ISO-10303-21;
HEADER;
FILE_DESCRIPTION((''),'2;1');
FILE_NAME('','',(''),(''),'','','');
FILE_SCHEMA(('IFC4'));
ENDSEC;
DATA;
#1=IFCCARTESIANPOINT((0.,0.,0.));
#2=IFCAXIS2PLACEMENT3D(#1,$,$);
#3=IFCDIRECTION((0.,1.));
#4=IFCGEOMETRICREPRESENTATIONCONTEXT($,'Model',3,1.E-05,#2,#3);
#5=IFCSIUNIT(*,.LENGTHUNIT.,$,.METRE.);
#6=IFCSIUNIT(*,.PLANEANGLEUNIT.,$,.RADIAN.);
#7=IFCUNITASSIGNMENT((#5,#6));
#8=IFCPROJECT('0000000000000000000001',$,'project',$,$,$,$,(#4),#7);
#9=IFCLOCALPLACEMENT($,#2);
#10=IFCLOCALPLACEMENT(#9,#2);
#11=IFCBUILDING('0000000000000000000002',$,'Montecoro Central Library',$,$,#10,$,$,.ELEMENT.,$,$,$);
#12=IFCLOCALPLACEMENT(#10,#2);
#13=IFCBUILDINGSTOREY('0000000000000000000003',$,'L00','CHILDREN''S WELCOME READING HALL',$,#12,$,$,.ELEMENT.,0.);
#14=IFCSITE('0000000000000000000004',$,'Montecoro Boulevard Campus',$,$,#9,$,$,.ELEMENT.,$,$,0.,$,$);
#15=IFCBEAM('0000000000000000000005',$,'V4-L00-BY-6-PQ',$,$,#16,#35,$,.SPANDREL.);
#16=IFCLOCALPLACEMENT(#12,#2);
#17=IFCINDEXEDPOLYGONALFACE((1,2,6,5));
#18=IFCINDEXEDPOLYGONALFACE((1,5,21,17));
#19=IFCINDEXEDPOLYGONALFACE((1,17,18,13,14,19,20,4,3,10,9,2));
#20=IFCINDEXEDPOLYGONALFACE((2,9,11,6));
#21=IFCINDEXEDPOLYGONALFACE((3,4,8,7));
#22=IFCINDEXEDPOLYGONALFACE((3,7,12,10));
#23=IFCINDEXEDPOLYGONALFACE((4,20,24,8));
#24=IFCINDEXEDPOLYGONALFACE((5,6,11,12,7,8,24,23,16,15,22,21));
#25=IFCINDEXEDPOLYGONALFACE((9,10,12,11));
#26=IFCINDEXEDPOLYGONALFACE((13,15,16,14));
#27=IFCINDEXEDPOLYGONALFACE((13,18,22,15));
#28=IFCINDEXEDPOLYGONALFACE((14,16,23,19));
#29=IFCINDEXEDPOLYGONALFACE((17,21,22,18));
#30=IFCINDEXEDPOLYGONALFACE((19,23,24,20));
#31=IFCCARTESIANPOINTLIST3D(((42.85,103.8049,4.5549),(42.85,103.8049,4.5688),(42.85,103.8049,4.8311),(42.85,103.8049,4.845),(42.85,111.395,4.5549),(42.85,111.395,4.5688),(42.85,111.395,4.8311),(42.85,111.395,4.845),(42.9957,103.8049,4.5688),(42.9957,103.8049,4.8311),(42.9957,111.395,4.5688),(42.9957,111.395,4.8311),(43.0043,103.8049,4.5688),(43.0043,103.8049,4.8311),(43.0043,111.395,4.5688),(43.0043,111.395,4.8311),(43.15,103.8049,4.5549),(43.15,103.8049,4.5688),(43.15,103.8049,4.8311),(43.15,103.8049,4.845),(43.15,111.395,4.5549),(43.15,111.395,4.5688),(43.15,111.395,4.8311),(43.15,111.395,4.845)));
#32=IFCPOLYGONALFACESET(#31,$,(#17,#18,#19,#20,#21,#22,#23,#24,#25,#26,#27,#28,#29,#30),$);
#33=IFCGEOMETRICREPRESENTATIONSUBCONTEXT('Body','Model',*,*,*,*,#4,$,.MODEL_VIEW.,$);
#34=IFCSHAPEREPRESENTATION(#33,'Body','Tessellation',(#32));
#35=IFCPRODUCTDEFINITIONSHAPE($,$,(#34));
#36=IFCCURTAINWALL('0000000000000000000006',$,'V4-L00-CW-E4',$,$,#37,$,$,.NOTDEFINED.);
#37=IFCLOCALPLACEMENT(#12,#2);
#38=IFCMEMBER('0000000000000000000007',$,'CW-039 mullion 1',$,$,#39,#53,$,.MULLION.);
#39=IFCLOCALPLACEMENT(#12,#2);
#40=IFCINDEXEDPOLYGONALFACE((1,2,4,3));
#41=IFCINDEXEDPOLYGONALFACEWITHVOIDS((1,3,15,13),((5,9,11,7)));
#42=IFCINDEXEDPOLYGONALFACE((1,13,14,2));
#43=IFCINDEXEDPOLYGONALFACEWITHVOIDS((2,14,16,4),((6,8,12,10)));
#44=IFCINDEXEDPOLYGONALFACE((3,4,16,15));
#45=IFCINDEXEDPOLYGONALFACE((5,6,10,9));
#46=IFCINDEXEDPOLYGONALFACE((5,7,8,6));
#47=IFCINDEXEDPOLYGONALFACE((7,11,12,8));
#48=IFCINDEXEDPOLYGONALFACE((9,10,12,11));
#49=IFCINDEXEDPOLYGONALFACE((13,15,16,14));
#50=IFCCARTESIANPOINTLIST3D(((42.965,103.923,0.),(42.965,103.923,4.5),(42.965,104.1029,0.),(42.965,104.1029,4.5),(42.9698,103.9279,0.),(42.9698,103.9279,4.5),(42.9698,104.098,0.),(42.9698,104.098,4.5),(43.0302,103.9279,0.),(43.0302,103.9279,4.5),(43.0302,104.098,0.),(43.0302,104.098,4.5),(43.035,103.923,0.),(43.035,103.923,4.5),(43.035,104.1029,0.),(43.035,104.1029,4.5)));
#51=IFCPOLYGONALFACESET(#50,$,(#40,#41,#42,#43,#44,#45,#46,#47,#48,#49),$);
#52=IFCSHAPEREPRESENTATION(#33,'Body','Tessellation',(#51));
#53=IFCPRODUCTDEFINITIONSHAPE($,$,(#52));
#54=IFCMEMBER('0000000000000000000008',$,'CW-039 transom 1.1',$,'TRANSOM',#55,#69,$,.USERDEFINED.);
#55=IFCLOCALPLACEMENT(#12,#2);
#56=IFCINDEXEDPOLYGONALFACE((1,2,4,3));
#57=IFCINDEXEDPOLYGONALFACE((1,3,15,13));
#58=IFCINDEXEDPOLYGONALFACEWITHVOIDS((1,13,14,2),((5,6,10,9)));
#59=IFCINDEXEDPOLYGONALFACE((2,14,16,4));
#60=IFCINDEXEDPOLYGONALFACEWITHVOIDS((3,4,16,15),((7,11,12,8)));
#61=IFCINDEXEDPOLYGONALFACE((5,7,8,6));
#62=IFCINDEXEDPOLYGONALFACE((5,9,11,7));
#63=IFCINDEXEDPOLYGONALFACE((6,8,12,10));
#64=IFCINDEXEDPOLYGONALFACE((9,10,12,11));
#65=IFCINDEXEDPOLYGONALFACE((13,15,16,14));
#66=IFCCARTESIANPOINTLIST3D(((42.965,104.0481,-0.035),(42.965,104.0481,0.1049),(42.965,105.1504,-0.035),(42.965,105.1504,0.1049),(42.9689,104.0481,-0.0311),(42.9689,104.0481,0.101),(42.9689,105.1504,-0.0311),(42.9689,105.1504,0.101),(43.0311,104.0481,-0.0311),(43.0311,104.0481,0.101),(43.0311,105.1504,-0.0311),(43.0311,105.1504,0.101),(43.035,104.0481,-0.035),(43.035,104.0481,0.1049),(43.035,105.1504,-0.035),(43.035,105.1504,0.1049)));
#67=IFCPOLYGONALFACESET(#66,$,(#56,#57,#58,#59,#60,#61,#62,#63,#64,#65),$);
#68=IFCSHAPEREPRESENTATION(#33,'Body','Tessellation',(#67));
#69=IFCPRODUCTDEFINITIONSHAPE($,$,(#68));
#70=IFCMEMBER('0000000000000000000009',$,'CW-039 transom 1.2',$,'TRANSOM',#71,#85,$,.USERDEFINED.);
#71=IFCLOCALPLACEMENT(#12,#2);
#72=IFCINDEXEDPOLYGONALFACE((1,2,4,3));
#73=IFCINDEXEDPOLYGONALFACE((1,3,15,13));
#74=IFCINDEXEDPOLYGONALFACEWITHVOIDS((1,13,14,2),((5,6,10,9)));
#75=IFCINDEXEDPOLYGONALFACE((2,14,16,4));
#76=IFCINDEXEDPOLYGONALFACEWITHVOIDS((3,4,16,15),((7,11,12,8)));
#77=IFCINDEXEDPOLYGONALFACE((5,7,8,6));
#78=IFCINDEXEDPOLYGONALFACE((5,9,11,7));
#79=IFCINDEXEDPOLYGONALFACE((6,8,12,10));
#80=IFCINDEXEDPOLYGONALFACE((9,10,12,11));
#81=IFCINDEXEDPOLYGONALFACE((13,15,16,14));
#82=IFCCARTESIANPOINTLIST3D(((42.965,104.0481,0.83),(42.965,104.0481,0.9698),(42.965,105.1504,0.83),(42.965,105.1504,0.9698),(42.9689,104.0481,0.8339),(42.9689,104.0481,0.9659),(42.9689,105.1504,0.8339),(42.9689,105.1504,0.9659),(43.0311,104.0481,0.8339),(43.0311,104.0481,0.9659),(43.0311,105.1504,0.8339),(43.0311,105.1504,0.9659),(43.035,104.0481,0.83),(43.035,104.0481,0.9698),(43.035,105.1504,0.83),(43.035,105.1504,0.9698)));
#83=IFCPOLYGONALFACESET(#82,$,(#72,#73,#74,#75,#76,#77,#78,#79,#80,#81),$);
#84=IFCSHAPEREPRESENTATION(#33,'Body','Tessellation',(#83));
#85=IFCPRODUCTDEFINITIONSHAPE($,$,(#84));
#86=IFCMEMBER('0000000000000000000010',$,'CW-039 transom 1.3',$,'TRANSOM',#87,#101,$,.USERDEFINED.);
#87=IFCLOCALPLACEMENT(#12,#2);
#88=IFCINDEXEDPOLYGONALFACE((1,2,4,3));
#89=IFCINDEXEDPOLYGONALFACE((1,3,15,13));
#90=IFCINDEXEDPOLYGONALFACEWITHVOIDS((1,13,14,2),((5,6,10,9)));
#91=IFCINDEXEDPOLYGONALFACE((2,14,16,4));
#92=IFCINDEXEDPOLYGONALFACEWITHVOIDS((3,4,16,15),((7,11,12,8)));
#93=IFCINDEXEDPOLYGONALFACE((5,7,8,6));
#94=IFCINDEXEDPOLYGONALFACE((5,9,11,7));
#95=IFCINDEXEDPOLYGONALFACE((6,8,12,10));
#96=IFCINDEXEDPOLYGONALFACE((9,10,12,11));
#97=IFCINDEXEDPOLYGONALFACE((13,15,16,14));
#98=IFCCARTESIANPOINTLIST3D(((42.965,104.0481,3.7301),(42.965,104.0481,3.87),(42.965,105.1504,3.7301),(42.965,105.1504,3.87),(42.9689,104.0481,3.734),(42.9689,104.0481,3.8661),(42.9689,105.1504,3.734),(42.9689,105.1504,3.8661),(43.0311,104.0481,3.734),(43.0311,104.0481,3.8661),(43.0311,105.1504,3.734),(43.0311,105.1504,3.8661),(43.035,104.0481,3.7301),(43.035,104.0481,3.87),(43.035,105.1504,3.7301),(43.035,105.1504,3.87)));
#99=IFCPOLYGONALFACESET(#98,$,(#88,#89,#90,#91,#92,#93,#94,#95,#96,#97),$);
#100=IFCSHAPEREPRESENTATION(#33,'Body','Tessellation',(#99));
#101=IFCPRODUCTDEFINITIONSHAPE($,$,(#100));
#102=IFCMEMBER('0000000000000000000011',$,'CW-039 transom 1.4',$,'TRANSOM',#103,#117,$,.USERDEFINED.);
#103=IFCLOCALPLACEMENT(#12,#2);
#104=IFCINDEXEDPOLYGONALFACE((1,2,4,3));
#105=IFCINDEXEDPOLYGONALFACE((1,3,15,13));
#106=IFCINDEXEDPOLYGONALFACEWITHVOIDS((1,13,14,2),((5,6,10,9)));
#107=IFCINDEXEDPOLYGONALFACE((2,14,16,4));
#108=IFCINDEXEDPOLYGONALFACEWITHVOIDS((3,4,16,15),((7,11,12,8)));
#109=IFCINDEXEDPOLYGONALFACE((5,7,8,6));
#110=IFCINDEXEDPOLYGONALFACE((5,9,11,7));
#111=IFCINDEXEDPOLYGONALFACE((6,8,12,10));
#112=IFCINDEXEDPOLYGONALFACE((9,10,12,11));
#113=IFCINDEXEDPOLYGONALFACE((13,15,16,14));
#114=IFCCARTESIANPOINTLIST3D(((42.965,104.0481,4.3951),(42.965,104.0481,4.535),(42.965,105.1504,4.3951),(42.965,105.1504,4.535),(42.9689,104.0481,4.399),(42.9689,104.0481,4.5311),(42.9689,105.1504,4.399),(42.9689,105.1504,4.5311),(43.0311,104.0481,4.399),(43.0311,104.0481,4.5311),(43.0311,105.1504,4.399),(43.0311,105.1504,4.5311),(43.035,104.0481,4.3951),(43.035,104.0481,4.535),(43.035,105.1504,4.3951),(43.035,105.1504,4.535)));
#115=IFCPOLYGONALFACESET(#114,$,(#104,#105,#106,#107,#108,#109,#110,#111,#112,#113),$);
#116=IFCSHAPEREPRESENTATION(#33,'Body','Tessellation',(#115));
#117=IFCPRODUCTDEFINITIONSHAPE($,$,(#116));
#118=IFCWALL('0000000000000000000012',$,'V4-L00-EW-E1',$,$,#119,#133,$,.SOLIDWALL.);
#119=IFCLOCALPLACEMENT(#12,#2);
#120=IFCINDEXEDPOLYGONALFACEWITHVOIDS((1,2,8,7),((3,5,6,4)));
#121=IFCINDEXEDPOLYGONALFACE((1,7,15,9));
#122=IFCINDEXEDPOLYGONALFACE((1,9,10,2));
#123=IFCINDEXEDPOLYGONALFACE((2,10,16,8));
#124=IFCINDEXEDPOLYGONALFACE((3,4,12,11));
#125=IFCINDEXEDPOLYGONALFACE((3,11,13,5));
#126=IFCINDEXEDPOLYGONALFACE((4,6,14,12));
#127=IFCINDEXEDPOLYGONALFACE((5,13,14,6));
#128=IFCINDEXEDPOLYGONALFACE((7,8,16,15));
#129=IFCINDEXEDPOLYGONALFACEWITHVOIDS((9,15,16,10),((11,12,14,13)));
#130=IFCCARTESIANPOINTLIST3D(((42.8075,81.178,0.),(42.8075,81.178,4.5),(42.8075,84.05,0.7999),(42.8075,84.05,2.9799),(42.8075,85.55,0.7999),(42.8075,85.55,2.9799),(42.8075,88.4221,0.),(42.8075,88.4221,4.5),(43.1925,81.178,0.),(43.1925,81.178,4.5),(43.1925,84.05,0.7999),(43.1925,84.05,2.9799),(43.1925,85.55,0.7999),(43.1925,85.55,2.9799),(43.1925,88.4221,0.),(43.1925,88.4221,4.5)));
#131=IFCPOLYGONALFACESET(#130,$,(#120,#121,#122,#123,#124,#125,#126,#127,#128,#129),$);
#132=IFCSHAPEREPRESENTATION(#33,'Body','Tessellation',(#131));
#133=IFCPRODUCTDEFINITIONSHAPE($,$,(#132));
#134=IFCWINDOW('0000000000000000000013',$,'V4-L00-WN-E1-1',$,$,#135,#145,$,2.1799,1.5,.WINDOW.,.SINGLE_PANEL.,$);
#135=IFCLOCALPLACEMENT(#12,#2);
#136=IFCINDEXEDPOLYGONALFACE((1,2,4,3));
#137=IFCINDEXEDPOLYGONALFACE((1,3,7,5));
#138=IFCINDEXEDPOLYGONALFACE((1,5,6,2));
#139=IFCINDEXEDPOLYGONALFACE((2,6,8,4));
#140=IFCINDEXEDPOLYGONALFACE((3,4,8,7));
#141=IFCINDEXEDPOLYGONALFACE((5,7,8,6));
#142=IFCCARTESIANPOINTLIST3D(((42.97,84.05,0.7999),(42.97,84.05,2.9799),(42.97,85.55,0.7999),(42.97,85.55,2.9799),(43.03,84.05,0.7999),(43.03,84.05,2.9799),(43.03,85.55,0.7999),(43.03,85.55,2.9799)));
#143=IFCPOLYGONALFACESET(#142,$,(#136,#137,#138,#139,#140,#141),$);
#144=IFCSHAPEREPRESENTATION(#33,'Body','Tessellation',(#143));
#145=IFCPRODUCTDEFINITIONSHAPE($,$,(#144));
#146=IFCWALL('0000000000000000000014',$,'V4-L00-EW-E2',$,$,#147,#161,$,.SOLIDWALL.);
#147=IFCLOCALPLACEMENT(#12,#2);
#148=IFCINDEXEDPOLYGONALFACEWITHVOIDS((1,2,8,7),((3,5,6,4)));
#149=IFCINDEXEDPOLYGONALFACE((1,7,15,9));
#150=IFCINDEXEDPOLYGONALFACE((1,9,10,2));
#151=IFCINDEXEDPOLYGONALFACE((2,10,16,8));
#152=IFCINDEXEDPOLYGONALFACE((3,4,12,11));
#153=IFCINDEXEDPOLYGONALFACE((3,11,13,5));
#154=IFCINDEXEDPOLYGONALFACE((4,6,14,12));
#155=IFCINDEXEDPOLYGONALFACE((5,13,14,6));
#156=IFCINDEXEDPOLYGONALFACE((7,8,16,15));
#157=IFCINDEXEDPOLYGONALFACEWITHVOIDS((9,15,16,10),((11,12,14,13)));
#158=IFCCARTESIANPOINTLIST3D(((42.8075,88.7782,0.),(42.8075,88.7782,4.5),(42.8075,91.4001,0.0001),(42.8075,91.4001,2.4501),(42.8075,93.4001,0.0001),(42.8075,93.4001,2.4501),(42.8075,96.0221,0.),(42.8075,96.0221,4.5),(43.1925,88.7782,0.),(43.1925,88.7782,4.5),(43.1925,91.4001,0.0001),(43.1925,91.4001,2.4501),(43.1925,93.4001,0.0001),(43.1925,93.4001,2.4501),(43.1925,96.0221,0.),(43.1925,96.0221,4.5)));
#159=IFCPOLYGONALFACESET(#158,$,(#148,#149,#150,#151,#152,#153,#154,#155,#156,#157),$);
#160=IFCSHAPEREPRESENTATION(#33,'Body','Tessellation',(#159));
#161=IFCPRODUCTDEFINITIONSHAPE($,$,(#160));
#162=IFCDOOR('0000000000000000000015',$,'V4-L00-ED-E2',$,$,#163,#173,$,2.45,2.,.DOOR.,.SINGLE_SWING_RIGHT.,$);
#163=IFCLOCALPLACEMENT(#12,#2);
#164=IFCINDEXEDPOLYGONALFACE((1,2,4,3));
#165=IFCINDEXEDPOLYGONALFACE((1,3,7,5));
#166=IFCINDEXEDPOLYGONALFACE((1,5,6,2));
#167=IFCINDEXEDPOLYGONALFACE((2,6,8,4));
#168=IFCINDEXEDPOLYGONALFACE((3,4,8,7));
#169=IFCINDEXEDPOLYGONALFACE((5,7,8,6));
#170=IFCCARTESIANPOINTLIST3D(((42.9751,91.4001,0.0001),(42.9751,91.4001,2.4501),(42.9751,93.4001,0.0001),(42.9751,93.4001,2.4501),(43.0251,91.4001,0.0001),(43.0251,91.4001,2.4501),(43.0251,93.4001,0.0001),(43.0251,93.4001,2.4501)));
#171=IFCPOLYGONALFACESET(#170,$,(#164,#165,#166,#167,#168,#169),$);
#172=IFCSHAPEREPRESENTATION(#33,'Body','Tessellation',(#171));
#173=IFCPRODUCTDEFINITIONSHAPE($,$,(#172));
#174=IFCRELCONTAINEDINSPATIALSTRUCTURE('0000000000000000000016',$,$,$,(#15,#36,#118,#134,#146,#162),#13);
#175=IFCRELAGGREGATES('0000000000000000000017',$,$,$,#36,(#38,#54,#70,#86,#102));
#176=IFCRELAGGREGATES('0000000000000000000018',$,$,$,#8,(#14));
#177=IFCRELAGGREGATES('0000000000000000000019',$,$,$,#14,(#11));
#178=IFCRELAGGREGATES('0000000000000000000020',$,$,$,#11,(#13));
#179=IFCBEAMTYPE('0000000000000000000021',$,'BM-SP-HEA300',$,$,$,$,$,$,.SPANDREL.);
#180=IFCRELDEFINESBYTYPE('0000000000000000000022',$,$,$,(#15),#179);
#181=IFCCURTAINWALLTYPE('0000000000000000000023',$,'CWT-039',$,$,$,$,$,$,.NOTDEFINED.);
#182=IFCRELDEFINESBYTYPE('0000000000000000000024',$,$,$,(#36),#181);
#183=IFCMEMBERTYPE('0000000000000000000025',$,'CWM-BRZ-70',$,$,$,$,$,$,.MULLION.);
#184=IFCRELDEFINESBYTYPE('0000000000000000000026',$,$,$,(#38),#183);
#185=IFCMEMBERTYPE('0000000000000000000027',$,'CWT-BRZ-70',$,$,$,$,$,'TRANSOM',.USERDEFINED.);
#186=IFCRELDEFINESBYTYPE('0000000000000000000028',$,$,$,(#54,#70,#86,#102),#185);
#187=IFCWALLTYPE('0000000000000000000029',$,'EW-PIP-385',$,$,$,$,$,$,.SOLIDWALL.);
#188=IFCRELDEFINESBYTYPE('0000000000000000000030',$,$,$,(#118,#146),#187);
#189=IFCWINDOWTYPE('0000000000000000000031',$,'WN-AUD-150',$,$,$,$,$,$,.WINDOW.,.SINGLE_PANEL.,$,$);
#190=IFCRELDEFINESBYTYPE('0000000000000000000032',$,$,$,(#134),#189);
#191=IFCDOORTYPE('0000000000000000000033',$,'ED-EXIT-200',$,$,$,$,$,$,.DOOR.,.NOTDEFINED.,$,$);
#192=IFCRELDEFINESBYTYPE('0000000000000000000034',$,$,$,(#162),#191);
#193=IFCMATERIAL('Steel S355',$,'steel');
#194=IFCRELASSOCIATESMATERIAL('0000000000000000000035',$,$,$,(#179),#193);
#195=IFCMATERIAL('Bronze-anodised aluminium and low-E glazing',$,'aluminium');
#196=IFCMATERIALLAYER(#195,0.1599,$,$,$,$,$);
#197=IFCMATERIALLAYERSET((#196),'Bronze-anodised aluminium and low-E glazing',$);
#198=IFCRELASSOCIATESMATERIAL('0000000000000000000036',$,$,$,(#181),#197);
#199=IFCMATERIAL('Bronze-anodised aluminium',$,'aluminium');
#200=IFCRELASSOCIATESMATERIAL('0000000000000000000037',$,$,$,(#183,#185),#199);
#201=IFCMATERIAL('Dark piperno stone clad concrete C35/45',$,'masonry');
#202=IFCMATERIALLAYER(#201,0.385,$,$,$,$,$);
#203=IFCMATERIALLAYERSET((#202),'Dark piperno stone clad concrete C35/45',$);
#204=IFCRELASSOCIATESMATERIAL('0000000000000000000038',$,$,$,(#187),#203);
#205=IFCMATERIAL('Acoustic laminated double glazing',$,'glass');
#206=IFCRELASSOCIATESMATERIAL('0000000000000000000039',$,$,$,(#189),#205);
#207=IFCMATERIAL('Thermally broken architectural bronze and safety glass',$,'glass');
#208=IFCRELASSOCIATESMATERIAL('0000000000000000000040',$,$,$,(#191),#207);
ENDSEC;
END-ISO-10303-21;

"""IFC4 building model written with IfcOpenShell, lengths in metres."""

from ifc_helpers import new_model, si_unit, direction, frame, frame_2d, origin, origin_2d, place, context, subcontext, project, spatial, rectangle, hollow_rectangle, i_section, extrude, material, layer, layer_set, material_profile, profile_set, type_object, element, fill, aggregate, save


model = new_model("IFC4")

# Units and contexts
model_context = context("Model", 3, precision=1e-05, world=origin(), true_north=direction((0.0, 1.0)))
body_context = subcontext(model_context, "Body", "Model", "MODEL_VIEW")
ifc_project = project(units=[si_unit("LENGTHUNIT", "METRE"), si_unit("PLANEANGLEUNIT", "RADIAN")], contexts=[model_context])

# Site, building, storey
site_placement = place(None, origin())
site = spatial("IfcSite", under=ifc_project, at=site_placement, Name="Montecoro Boulevard Campus", CompositionType="ELEMENT", RefElevation=0.0)
building_placement = place(site_placement, origin())
building = spatial("IfcBuilding", under=site, at=building_placement, Name="Montecoro Central Library", CompositionType="ELEMENT")
storey_placement = place(building_placement, origin())
storey = spatial("IfcBuildingStorey", under=building, at=storey_placement, Name="L00", Description="CHILDREN'S WELCOME READING HALL", CompositionType="ELEMENT", Elevation=0.0)

# Beam
ifc_material_1 = material(Name="Steel S355", Category="steel")
ifc_material_profile_1 = material_profile(ifc_material_1, i_section(OverallWidth=0.3, OverallDepth=0.29, WebThickness=0.0085, FlangeThickness=0.0139, at=origin_2d()), Name="HEA 300")
ifc_profile_set_1 = profile_set([ifc_material_profile_1], Name="Steel S355")
beam_type_1 = type_object("IfcBeamType", Name="BM-SP-HEA300", PredefinedType="SPANDREL", material=ifc_profile_set_1)
beam_1_placement = place(storey_placement, frame((43.0, 103.8049, 4.7), z_axis=(0.0, 1.0, 0.0), x_axis=(-1.0, 0.0, 0.0)))
element("IfcBeam", 1, at=beam_1_placement, inside=storey, type_object=beam_type_1, Name="V4-L00-BY-6-PQ", PredefinedType="SPANDREL", context=body_context, shape_type="SweptSolid", body=[
    extrude(i_section(OverallWidth=0.3, OverallDepth=0.29, WebThickness=0.0085, FlangeThickness=0.0139, at=origin_2d()), origin(), (0.0, 0.0, 1.0), 7.5901),
])

# Curtain wall, members
ifc_material_2 = material(Name="Bronze-anodised aluminium and low-E glazing", Category="aluminium")
ifc_layer_1 = layer(ifc_material_2, 0.1599)
ifc_layer_set_1 = layer_set([ifc_layer_1], Name="Bronze-anodised aluminium and low-E glazing")
curtain_wall_type = type_object("IfcCurtainWallType", Name="CWT-039", PredefinedType="NOTDEFINED", material=ifc_layer_set_1)
curtain_wall_placement = place(storey_placement, origin())
curtain_wall = element("IfcCurtainWall", 2, at=curtain_wall_placement, inside=storey, type_object=curtain_wall_type, Name="V4-L00-CW-E4", PredefinedType="NOTDEFINED")
ifc_material_3 = material(Name="Bronze-anodised aluminium", Category="aluminium")
ifc_material_profile_2 = material_profile(ifc_material_3, hollow_rectangle(XDim=0.0701, YDim=0.1799, WallThickness=0.0049, at=origin_2d()), Name="CWM 180x70x5.0")
ifc_profile_set_2 = profile_set([ifc_material_profile_2], Name="Bronze-anodised aluminium")
member_type_1 = type_object("IfcMemberType", Name="CWM-BRZ-70", PredefinedType="MULLION", material=ifc_profile_set_2)
member_1_placement = place(storey_placement, frame((43.0, 104.0129, 0.0), z_axis=(0.0, 0.0, 1.0), x_axis=(-1.0, 0.0, 0.0)))
member_1 = element("IfcMember", 3, at=member_1_placement, type_object=member_type_1, Name="CW-039 mullion 1", PredefinedType="MULLION", context=body_context, shape_type="SweptSolid", body=[
    extrude(hollow_rectangle(XDim=0.0701, YDim=0.1799, WallThickness=0.0049, at=origin_2d()), origin(), (0.0, 0.0, 1.0), 4.5),
])
ifc_material_profile_3 = material_profile(ifc_material_3, hollow_rectangle(XDim=0.0701, YDim=0.1399, WallThickness=0.0039, at=origin_2d()), Name="CWT 140x70x4.0")
ifc_profile_set_3 = profile_set([ifc_material_profile_3], Name="Bronze-anodised aluminium")
member_type_2 = type_object("IfcMemberType", Name="CWT-BRZ-70", ElementType="TRANSOM", PredefinedType="USERDEFINED", material=ifc_profile_set_3)
member_2_placement = place(storey_placement, frame((43.0, 104.0481, 0.0349), z_axis=(0.0, 1.0, 0.0), x_axis=(-1.0, 0.0, 0.0)))
member_2 = element("IfcMember", 4, at=member_2_placement, type_object=member_type_2, Name="CW-039 transom 1.1", ObjectType="TRANSOM", PredefinedType="USERDEFINED", context=body_context, shape_type="SweptSolid", body=[
    extrude(hollow_rectangle(XDim=0.0701, YDim=0.1399, WallThickness=0.0039, at=origin_2d()), origin(), (0.0, 0.0, 1.0), 1.1023),
])
member_3_placement = place(storey_placement, frame((43.0, 104.0481, 0.8999), z_axis=(0.0, 1.0, 0.0), x_axis=(-1.0, 0.0, 0.0)))
member_3 = element("IfcMember", 5, at=member_3_placement, type_object=member_type_2, Name="CW-039 transom 1.2", ObjectType="TRANSOM", PredefinedType="USERDEFINED", context=body_context, shape_type="SweptSolid", body=[
    extrude(hollow_rectangle(XDim=0.0701, YDim=0.1399, WallThickness=0.0039, at=origin_2d()), origin(), (0.0, 0.0, 1.0), 1.1023),
])
member_4_placement = place(storey_placement, frame((43.0, 104.0481, 3.8), z_axis=(0.0, 1.0, 0.0), x_axis=(-1.0, 0.0, 0.0)))
member_4 = element("IfcMember", 6, at=member_4_placement, type_object=member_type_2, Name="CW-039 transom 1.3", ObjectType="TRANSOM", PredefinedType="USERDEFINED", context=body_context, shape_type="SweptSolid", body=[
    extrude(hollow_rectangle(XDim=0.0701, YDim=0.1399, WallThickness=0.0039, at=origin_2d()), origin(), (0.0, 0.0, 1.0), 1.1023),
])
member_5_placement = place(storey_placement, frame((43.0, 104.0481, 4.4651), z_axis=(0.0, 1.0, 0.0), x_axis=(-1.0, 0.0, 0.0)))
member_5 = element("IfcMember", 7, at=member_5_placement, type_object=member_type_2, Name="CW-039 transom 1.4", ObjectType="TRANSOM", PredefinedType="USERDEFINED", context=body_context, shape_type="SweptSolid", body=[
    extrude(hollow_rectangle(XDim=0.0701, YDim=0.1399, WallThickness=0.0039, at=origin_2d()), origin(), (0.0, 0.0, 1.0), 1.1023),
])
aggregate(curtain_wall, [member_1, member_2, member_3, member_4, member_5])

# Wall, opening, window
ifc_material_4 = material(Name="Dark piperno stone clad concrete C35/45", Category="masonry")
ifc_layer_2 = layer(ifc_material_4, 0.385)
ifc_layer_set_2 = layer_set([ifc_layer_2], Name="Dark piperno stone clad concrete C35/45")
wall_type_1 = type_object("IfcWallType", Name="EW-PIP-385", PredefinedType="SOLIDWALL", material=ifc_layer_set_2)
wall_1_placement = place(storey_placement, frame((43.0, 81.178, 0.0), z_axis=(0.0, 0.0, 1.0), x_axis=(0.0, 1.0, 0.0)))
wall_1 = element("IfcWall", 8, at=wall_1_placement, inside=storey, type_object=wall_type_1, Name="V4-L00-EW-E1", PredefinedType="SOLIDWALL", context=body_context, shape_type="SweptSolid", body=[
    extrude(rectangle(XDim=7.2441, YDim=0.385, at=frame_2d((3.6221, 0.0))), origin(), (0.0, 0.0, 1.0), 4.5),
])
opening_1_placement = place(wall_1_placement, frame((2.8721, 0.0, 0.8)))
opening_1 = element("IfcOpeningElement", 9, at=opening_1_placement, cuts=wall_1, PredefinedType="OPENING", context=body_context, shape_type="SweptSolid", body=[
    extrude(rectangle(XDim=1.5, YDim=2.1799, at=frame_2d((0.75, 1.0898))), frame((0.0, 0.2024, 0.0), z_axis=(0.0, -1.0, 0.0), x_axis=(1.0, 0.0, 0.0)), (0.0, 0.0, 1.0), 0.405),
])
ifc_material_5 = material(Name="Acoustic laminated double glazing", Category="glass")
window_type = type_object("IfcWindowType", Name="WN-AUD-150", PartitioningType="SINGLE_PANEL", PredefinedType="WINDOW", material=ifc_material_5)
window_placement = place(opening_1_placement, origin())
window = element("IfcWindow", 10, at=window_placement, inside=storey, type_object=window_type, Name="V4-L00-WN-E1-1", OverallHeight=2.1799, OverallWidth=1.5, PartitioningType="SINGLE_PANEL", PredefinedType="WINDOW", context=body_context, shape_type="SweptSolid", body=[
    extrude(rectangle(XDim=1.5, YDim=2.1799, at=frame_2d((0.75, 1.0898))), frame((0.0, 0.03, 0.0), z_axis=(0.0, -1.0, 0.0), x_axis=(1.0, 0.0, 0.0)), (0.0, 0.0, 1.0), 0.0601),
])
fill(opening_1, window)

# Wall, opening, door
wall_2_placement = place(storey_placement, frame((43.0, 88.7781, 0.0), z_axis=(0.0, 0.0, 1.0), x_axis=(0.0, 1.0, 0.0)))
wall_2 = element("IfcWall", 11, at=wall_2_placement, inside=storey, type_object=wall_type_1, Name="V4-L00-EW-E2", PredefinedType="SOLIDWALL", context=body_context, shape_type="SweptSolid", body=[
    extrude(rectangle(XDim=7.2439, YDim=0.385, at=frame_2d((3.6221, 0.0))), origin(), (0.0, 0.0, 1.0), 4.5),
])
opening_2_placement = place(wall_2_placement, frame((2.6221, 0.0, 0.0)))
opening_2 = element("IfcOpeningElement", 12, at=opening_2_placement, cuts=wall_2, PredefinedType="OPENING", context=body_context, shape_type="SweptSolid", body=[
    extrude(rectangle(XDim=2.0, YDim=2.45, at=frame_2d((1.0, 1.2251))), frame((0.0, 0.2024, 0.0), z_axis=(0.0, -1.0, 0.0), x_axis=(1.0, 0.0, 0.0)), (0.0, 0.0, 1.0), 0.405),
])
ifc_material_6 = material(Name="Thermally broken architectural bronze and safety glass", Category="glass")
door_type_1 = type_object("IfcDoorType", Name="ED-EXIT-200", OperationType="NOTDEFINED", PredefinedType="DOOR", material=ifc_material_6)
door_1_placement = place(opening_2_placement, origin())
door_1 = element("IfcDoor", 13, at=door_1_placement, inside=storey, type_object=door_type_1, Name="V4-L00-ED-E2", OperationType="SINGLE_SWING_RIGHT", OverallHeight=2.45, OverallWidth=2.0, PredefinedType="DOOR", context=body_context, shape_type="SweptSolid", body=[
    extrude(rectangle(XDim=2.0, YDim=2.45, at=frame_2d((1.0, 1.2251))), frame((0.0, 0.0249, 0.0), z_axis=(0.0, -1.0, 0.0), x_axis=(1.0, 0.0, 0.0)), (0.0, 0.0, 1.0), 0.05),
])
fill(opening_2, door_1)

save(model, "model.ifc")
